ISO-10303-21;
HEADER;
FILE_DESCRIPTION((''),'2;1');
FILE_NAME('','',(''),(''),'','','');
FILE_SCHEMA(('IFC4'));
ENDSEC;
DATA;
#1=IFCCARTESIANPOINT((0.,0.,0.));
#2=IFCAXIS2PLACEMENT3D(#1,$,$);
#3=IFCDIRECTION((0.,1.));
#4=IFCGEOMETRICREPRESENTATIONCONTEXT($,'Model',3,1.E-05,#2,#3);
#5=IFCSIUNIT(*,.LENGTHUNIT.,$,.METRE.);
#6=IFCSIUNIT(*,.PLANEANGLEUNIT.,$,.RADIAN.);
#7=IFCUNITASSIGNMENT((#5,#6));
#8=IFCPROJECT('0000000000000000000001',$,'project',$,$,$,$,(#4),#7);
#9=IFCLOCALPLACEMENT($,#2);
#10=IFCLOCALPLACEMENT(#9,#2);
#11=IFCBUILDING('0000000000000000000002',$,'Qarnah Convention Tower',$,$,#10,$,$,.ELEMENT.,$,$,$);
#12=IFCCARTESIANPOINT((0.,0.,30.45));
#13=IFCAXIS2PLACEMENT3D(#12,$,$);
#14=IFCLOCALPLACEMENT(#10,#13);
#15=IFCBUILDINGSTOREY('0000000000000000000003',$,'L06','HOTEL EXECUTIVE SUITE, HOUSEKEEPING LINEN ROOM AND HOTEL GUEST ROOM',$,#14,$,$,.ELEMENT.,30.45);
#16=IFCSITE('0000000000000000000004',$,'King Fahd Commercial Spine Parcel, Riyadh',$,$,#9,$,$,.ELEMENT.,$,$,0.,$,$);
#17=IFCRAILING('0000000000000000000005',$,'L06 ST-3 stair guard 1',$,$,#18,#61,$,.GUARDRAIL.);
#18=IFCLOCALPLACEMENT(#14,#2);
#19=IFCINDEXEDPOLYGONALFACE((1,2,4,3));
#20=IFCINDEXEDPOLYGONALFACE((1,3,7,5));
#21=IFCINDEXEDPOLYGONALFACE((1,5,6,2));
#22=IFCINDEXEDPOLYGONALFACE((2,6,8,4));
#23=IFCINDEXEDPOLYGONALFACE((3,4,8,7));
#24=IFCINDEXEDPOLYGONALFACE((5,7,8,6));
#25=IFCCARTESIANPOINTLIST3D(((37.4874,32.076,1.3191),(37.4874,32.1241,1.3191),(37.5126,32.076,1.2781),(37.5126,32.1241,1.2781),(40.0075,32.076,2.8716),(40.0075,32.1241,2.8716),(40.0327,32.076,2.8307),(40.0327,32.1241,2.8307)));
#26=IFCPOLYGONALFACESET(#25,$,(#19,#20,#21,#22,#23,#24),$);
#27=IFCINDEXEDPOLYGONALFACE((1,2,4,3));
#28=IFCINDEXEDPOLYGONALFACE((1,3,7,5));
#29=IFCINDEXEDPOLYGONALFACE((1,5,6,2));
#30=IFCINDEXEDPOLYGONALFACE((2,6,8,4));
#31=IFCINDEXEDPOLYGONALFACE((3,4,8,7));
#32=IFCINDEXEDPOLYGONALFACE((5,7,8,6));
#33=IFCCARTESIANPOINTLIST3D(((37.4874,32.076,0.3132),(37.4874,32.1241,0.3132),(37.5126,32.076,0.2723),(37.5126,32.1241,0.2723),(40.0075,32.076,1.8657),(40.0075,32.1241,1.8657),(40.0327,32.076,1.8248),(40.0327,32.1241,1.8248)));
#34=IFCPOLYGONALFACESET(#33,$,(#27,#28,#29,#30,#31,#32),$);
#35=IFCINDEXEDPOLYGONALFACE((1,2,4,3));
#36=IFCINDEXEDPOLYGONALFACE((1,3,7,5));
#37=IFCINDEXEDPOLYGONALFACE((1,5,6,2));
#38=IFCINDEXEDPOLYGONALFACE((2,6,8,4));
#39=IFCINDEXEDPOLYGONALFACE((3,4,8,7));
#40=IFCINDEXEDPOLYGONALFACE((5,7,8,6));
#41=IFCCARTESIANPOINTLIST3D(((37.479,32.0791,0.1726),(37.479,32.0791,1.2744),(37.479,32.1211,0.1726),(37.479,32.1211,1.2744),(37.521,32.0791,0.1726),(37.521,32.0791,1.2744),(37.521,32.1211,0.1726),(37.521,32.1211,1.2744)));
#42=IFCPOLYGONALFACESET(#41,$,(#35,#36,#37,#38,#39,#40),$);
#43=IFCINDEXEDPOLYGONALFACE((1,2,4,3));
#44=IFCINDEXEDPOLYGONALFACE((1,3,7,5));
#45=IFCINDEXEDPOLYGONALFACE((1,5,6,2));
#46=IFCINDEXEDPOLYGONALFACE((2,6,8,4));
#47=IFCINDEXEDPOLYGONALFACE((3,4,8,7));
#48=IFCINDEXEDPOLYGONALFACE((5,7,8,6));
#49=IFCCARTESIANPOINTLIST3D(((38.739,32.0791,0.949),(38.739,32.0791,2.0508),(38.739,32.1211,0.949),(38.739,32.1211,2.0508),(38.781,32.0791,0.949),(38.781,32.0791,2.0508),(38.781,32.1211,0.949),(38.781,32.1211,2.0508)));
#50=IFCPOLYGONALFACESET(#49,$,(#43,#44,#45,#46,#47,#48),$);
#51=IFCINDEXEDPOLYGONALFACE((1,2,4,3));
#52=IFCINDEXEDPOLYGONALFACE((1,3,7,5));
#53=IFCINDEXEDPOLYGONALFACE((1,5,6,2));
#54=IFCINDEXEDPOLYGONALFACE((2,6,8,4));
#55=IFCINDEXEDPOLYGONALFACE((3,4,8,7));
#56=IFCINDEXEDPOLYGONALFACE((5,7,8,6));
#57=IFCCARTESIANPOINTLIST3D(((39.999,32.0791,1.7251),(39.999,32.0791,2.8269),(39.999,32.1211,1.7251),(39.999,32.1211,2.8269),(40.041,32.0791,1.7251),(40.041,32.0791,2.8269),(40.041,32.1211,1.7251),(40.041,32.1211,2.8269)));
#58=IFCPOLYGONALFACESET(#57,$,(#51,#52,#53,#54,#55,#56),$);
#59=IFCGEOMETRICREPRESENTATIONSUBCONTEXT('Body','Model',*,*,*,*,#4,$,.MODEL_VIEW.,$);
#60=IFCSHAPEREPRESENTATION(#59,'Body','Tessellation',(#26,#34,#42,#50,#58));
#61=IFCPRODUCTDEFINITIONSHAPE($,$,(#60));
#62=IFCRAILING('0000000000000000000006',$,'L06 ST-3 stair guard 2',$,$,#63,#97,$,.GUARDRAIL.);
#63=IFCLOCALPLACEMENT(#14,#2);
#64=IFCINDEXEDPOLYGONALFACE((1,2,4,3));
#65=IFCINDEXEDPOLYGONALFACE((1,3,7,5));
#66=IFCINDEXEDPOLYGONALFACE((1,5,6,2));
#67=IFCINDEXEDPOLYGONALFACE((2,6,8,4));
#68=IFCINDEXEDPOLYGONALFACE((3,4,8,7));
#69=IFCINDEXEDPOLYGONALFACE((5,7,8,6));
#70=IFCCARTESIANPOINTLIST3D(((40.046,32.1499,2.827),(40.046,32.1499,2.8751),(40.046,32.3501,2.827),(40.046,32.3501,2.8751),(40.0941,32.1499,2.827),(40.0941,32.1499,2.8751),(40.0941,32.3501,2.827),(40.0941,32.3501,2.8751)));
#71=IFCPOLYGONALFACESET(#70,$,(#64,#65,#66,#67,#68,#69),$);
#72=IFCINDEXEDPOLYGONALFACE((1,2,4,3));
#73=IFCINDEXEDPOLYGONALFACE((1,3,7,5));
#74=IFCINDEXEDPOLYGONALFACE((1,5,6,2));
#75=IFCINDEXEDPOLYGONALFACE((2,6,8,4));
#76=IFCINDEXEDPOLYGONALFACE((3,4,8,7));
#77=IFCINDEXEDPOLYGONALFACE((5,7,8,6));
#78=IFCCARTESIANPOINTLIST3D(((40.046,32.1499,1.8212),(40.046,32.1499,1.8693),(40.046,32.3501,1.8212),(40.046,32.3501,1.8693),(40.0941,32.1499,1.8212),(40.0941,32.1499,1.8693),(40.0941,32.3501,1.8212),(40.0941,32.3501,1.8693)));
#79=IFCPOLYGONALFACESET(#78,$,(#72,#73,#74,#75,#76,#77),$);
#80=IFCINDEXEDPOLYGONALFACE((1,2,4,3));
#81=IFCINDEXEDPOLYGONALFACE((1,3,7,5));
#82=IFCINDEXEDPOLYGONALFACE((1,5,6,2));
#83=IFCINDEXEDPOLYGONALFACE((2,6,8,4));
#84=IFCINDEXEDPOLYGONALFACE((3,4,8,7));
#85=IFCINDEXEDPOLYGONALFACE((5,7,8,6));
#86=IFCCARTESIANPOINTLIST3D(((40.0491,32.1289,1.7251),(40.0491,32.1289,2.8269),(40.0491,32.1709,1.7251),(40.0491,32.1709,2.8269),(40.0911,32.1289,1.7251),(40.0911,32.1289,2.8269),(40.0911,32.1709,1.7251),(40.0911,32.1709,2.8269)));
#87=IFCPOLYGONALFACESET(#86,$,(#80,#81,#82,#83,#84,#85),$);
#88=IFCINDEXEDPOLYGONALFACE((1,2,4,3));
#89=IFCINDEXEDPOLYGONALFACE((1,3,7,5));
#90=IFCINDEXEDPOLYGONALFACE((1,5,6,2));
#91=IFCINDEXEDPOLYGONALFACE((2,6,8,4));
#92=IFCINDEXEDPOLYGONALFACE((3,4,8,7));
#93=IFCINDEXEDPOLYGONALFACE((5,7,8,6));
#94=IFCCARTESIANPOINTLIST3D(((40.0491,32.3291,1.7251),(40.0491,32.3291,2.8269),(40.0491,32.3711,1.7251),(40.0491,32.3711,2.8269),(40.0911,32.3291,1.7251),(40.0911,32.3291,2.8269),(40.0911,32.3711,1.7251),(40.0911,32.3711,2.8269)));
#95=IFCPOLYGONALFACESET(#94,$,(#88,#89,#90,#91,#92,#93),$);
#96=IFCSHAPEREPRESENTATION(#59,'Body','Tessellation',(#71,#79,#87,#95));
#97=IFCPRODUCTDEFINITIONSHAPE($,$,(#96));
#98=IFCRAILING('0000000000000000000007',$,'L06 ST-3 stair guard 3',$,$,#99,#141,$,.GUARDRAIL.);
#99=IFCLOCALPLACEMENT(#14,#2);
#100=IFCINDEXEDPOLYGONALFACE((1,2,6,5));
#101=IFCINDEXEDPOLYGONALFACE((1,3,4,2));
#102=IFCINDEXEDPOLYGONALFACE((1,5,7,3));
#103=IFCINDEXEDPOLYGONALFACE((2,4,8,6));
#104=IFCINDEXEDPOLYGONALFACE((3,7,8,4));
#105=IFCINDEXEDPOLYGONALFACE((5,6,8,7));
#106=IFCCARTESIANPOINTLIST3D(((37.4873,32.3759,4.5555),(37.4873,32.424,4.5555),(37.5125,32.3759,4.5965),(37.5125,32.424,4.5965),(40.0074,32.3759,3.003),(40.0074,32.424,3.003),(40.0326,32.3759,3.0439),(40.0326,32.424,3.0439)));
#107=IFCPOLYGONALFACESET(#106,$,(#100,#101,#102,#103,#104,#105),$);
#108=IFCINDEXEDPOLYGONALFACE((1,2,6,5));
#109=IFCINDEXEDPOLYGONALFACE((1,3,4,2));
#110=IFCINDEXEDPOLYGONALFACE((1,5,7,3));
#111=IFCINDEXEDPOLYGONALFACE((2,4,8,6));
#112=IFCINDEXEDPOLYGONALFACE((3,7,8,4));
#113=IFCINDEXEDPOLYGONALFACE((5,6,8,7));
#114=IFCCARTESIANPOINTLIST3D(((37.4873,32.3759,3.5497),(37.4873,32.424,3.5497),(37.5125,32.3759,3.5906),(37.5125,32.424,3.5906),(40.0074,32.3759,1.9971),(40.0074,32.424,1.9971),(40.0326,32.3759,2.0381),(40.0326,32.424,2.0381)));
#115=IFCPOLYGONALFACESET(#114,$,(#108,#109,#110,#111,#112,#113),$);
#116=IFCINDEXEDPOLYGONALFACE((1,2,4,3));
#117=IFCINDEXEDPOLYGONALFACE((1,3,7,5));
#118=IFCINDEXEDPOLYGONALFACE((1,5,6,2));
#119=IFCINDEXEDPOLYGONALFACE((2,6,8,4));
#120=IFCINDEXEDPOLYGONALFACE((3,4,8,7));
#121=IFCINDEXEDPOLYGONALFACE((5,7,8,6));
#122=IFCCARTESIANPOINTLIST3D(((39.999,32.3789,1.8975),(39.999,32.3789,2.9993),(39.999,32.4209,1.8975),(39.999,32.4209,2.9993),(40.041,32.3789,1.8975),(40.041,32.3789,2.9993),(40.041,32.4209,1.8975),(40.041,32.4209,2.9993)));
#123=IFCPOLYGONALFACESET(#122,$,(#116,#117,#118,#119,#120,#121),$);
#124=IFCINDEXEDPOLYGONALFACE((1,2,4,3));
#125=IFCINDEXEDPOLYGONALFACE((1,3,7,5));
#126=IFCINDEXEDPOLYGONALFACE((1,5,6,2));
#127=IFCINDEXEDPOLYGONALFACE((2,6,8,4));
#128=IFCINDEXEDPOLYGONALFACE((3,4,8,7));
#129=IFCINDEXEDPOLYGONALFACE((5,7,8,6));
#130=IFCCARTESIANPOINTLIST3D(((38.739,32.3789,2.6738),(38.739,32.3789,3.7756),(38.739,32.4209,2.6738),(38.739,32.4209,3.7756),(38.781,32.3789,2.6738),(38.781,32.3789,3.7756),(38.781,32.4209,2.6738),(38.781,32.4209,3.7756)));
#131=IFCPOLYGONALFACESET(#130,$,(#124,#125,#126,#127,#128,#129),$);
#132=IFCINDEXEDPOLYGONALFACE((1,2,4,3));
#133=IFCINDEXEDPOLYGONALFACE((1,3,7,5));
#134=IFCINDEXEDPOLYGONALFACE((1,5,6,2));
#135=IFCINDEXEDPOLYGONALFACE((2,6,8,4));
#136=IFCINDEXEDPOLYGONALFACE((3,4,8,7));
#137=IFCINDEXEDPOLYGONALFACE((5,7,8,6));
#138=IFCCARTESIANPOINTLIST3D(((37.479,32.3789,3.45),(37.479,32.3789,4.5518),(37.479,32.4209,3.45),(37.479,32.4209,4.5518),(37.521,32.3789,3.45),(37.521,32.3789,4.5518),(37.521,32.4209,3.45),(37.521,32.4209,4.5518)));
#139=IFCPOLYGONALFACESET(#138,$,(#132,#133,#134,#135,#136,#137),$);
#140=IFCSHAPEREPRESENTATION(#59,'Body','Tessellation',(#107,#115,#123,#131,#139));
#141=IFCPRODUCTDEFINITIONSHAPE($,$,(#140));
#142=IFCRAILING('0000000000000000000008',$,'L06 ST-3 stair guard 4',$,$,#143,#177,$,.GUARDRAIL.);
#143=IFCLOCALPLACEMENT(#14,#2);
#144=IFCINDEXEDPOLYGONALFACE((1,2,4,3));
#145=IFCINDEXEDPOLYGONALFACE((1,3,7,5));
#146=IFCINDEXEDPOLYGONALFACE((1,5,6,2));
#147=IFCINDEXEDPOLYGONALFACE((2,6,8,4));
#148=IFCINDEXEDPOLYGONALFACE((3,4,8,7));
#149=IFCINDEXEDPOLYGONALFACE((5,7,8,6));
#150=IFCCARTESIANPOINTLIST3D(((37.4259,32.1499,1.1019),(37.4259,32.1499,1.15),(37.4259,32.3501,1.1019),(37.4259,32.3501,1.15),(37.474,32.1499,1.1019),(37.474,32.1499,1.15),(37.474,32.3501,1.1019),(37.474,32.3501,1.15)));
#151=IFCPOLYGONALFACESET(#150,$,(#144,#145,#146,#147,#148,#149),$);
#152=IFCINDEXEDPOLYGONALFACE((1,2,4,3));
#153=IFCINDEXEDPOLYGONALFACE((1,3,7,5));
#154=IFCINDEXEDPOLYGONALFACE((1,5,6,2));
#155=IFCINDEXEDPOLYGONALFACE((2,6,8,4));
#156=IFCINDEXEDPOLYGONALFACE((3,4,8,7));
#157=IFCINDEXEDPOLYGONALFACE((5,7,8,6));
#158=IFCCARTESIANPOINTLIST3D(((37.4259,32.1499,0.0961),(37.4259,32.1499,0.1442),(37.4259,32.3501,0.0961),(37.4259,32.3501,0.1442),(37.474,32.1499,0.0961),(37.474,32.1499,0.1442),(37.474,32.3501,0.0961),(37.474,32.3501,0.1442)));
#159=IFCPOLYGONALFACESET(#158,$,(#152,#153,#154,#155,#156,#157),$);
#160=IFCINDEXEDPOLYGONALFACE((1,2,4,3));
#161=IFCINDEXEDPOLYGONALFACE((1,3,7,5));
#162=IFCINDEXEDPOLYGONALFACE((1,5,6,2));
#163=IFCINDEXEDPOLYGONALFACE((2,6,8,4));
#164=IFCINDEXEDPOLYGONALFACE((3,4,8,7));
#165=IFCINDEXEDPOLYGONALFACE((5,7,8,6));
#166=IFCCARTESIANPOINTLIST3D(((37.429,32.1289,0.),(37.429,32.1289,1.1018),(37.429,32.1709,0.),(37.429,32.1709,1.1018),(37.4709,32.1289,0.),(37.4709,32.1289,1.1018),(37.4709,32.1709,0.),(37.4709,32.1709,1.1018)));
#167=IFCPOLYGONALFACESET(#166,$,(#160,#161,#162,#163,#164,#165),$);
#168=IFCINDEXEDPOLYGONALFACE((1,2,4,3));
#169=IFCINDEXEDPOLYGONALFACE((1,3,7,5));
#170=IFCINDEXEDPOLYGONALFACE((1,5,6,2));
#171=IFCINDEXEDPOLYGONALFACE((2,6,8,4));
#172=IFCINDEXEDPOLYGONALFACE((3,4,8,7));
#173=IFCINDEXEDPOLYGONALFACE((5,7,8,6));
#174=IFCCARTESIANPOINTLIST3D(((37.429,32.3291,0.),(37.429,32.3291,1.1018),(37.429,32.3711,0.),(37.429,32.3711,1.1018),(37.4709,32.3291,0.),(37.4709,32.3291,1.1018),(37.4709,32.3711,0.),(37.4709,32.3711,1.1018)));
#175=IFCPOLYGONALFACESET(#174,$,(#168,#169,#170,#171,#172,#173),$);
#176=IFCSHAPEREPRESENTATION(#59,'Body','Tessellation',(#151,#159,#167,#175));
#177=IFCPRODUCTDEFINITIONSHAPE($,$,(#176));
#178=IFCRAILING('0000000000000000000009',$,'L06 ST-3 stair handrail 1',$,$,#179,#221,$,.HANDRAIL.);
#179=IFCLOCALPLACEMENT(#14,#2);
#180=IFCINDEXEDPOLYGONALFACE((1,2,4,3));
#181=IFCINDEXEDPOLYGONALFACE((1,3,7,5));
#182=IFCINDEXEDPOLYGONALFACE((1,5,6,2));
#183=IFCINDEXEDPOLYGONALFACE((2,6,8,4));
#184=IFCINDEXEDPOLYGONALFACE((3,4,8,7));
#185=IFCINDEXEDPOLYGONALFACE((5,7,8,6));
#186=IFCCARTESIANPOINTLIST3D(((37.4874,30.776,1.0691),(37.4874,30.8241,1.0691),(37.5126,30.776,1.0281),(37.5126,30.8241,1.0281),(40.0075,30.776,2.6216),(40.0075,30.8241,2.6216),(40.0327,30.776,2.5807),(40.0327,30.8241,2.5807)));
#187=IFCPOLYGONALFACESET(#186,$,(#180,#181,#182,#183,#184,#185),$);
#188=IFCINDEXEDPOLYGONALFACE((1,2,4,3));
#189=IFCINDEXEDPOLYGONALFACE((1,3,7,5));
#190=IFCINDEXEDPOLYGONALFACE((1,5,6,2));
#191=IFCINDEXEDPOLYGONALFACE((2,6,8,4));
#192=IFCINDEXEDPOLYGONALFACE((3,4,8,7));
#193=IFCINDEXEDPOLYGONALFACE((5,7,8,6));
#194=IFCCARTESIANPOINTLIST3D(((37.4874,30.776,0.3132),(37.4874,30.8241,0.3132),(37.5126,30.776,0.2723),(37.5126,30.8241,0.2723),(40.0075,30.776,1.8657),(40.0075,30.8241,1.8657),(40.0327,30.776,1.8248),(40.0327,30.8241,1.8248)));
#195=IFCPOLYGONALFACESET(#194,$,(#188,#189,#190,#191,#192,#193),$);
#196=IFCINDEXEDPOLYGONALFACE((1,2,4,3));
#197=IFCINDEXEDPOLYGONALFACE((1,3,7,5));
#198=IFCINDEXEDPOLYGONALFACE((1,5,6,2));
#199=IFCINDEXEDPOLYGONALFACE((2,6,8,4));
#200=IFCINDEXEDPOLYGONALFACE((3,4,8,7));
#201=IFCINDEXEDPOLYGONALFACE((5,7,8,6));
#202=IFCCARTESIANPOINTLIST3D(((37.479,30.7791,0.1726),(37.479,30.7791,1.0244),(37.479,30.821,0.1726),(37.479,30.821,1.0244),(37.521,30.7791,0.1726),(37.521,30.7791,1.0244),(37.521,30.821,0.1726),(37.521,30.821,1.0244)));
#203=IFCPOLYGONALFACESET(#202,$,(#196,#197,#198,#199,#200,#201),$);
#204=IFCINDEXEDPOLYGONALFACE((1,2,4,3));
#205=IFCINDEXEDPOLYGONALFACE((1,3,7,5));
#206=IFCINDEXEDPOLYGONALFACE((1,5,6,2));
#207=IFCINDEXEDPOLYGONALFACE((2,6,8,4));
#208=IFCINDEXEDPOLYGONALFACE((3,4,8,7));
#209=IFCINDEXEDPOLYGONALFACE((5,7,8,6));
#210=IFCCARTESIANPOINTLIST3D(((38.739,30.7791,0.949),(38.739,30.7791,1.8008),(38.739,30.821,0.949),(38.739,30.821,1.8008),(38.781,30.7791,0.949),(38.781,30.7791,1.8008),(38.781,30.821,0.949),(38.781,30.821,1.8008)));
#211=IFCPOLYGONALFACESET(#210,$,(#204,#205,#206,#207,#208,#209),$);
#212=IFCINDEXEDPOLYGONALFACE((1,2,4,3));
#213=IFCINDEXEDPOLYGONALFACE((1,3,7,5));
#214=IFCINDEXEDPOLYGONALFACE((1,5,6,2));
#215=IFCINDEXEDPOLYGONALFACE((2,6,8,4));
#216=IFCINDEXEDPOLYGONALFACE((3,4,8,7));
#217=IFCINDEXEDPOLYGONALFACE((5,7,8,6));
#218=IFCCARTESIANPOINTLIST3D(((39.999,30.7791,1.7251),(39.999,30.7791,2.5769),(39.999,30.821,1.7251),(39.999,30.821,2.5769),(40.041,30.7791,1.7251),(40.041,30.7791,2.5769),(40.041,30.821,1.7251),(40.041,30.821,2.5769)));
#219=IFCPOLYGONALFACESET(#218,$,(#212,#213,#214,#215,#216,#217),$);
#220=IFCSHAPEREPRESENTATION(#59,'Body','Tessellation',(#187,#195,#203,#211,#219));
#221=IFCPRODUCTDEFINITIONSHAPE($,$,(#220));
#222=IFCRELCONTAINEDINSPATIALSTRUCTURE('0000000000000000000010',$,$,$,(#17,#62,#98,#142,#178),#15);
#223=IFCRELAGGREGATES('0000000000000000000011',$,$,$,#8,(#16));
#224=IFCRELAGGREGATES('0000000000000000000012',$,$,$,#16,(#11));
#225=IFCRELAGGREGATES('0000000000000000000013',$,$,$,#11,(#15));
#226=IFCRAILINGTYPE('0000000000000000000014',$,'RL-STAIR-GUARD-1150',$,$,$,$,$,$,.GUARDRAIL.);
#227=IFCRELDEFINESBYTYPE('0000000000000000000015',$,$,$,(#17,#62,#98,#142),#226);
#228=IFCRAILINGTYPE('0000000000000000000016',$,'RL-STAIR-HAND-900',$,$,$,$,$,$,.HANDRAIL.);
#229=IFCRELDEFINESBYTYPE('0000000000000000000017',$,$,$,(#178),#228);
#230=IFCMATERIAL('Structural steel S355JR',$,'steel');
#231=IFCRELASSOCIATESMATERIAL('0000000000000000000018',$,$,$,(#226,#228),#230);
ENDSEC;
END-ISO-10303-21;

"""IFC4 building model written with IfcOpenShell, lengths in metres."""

from ifc_helpers import new_model, si_unit, direction, frame, origin, origin_2d, place, context, subcontext, project, spatial, rectangle, extrude, material, type_object, element, save


model = new_model("IFC4")

# Units and contexts
model_context = context("Model", 3, precision=1e-05, world=origin(), true_north=direction((0.0, 1.0)))
body_context = subcontext(model_context, "Body", "Model", "MODEL_VIEW")
ifc_project = project(units=[si_unit("LENGTHUNIT", "METRE"), si_unit("PLANEANGLEUNIT", "RADIAN")], contexts=[model_context])

# Site, building, storey
site_placement = place(None, origin())
site = spatial("IfcSite", under=ifc_project, at=site_placement, Name="King Fahd Commercial Spine Parcel, Riyadh", CompositionType="ELEMENT", RefElevation=0.0)
building_placement = place(site_placement, origin())
building = spatial("IfcBuilding", under=site, at=building_placement, Name="Qarnah Convention Tower", CompositionType="ELEMENT")
storey_placement = place(building_placement, frame((0.0, 0.0, 30.45)))
storey = spatial("IfcBuildingStorey", under=building, at=storey_placement, Name="L06", Description="HOTEL EXECUTIVE SUITE, HOUSEKEEPING LINEN ROOM AND HOTEL GUEST ROOM", CompositionType="ELEMENT", Elevation=30.45)

# Shared definitions
ifc_material_1 = material(Name="Structural steel S355JR", Category="steel")

# Railings
railing_type_1 = type_object("IfcRailingType", Name="RL-STAIR-GUARD-1150", PredefinedType="GUARDRAIL", material=ifc_material_1)
railing_1_placement = place(storey_placement, frame((37.5, 32.1001, 0.1726)))
element("IfcRailing", 1, at=railing_1_placement, inside=storey, type_object=railing_type_1, Name="L06 ST-3 stair guard 1", PredefinedType="GUARDRAIL", context=body_context, shape_type="SweptSolid", body=[
    extrude(rectangle(XDim=0.0481, YDim=0.0481, at=origin_2d()), frame((0.0, 0.0, 1.126), z_axis=(0.8514, 0.0, 0.524516), x_axis=(0.0, 1.0, 0.0)), (0.0, 0.0, 1.0), 2.96),
    extrude(rectangle(XDim=0.0481, YDim=0.0481, at=origin_2d()), frame((0.0, 0.0, 0.1201), z_axis=(0.8514, 0.0, 0.524516), x_axis=(0.0, 1.0, 0.0)), (0.0, 0.0, 1.0), 2.96),
    extrude(rectangle(XDim=0.042, YDim=0.042, at=origin_2d()), origin(), (0.0, 0.0, 1.0), 1.1018),
    extrude(rectangle(XDim=0.042, YDim=0.042, at=origin_2d()), frame((1.26, 0.0, 0.7764)), (0.0, 0.0, 1.0), 1.1018),
    extrude(rectangle(XDim=0.042, YDim=0.042, at=origin_2d()), frame((2.52, 0.0, 1.5525)), (0.0, 0.0, 1.0), 1.1018),
])
railing_2_placement = place(storey_placement, frame((40.0701, 32.1499, 1.7251)))
element("IfcRailing", 2, at=railing_2_placement, inside=storey, type_object=railing_type_1, Name="L06 ST-3 stair guard 2", PredefinedType="GUARDRAIL", context=body_context, shape_type="SweptSolid", body=[
    extrude(rectangle(XDim=0.0481, YDim=0.0481, at=origin_2d()), frame((0.0, 0.0, 1.126), z_axis=(0.0, 1.0, 0.0), x_axis=(-1.0, 0.0, 0.0)), (0.0, 0.0, 1.0), 0.2002),
    extrude(rectangle(XDim=0.0481, YDim=0.0481, at=origin_2d()), frame((0.0, 0.0, 0.1201), z_axis=(0.0, 1.0, 0.0), x_axis=(-1.0, 0.0, 0.0)), (0.0, 0.0, 1.0), 0.2002),
    extrude(rectangle(XDim=0.042, YDim=0.042, at=origin_2d()), origin(), (0.0, 0.0, 1.0), 1.1018),
    extrude(rectangle(XDim=0.042, YDim=0.042, at=origin_2d()), frame((0.0, 0.2002, 0.0)), (0.0, 0.0, 1.0), 1.1018),
])
railing_3_placement = place(storey_placement, frame((40.02, 32.3999, 1.8975)))
element("IfcRailing", 3, at=railing_3_placement, inside=storey, type_object=railing_type_1, Name="L06 ST-3 stair guard 3", PredefinedType="GUARDRAIL", context=body_context, shape_type="SweptSolid", body=[
    extrude(rectangle(XDim=0.0481, YDim=0.0481, at=origin_2d()), frame((0.0, 0.0, 1.126), z_axis=(-0.8514, 0.0, 0.524516), x_axis=(0.0, -1.0, 0.0)), (0.0, 0.0, 1.0), 2.96),
    extrude(rectangle(XDim=0.0481, YDim=0.0481, at=origin_2d()), frame((0.0, 0.0, 0.1201), z_axis=(-0.8514, 0.0, 0.524516), x_axis=(0.0, -1.0, 0.0)), (0.0, 0.0, 1.0), 2.96),
    extrude(rectangle(XDim=0.042, YDim=0.042, at=origin_2d()), origin(), (0.0, 0.0, 1.0), 1.1018),
    extrude(rectangle(XDim=0.042, YDim=0.042, at=origin_2d()), frame((-1.26, 0.0, 0.7764)), (0.0, 0.0, 1.0), 1.1018),
    extrude(rectangle(XDim=0.042, YDim=0.042, at=origin_2d()), frame((-2.52, 0.0, 1.5525)), (0.0, 0.0, 1.0), 1.1018),
])
railing_4_placement = place(storey_placement, frame((37.45, 32.1499, 0.0)))
element("IfcRailing", 4, at=railing_4_placement, inside=storey, type_object=railing_type_1, Name="L06 ST-3 stair guard 4", PredefinedType="GUARDRAIL", context=body_context, shape_type="SweptSolid", body=[
    extrude(rectangle(XDim=0.0481, YDim=0.0481, at=origin_2d()), frame((0.0, 0.0, 1.126), z_axis=(0.0, 1.0, 0.0), x_axis=(-1.0, 0.0, 0.0)), (0.0, 0.0, 1.0), 0.2002),
    extrude(rectangle(XDim=0.0481, YDim=0.0481, at=origin_2d()), frame((0.0, 0.0, 0.1201), z_axis=(0.0, 1.0, 0.0), x_axis=(-1.0, 0.0, 0.0)), (0.0, 0.0, 1.0), 0.2002),
    extrude(rectangle(XDim=0.042, YDim=0.042, at=origin_2d()), origin(), (0.0, 0.0, 1.0), 1.1018),
    extrude(rectangle(XDim=0.042, YDim=0.042, at=origin_2d()), frame((0.0, 0.2002, 0.0)), (0.0, 0.0, 1.0), 1.1018),
])
railing_type_2 = type_object("IfcRailingType", Name="RL-STAIR-HAND-900", PredefinedType="HANDRAIL", material=ifc_material_1)
railing_5_placement = place(storey_placement, frame((37.5, 30.8, 0.1726)))
element("IfcRailing", 5, at=railing_5_placement, inside=storey, type_object=railing_type_2, Name="L06 ST-3 stair handrail 1", PredefinedType="HANDRAIL", context=body_context, shape_type="SweptSolid", body=[
    extrude(rectangle(XDim=0.0481, YDim=0.0481, at=origin_2d()), frame((0.0, 0.0, 0.876), z_axis=(0.8514, 0.0, 0.524516), x_axis=(0.0, 1.0, 0.0)), (0.0, 0.0, 1.0), 2.96),
    extrude(rectangle(XDim=0.0481, YDim=0.0481, at=origin_2d()), frame((0.0, 0.0, 0.1201), z_axis=(0.8514, 0.0, 0.524516), x_axis=(0.0, 1.0, 0.0)), (0.0, 0.0, 1.0), 2.96),
    extrude(rectangle(XDim=0.042, YDim=0.042, at=origin_2d()), origin(), (0.0, 0.0, 1.0), 0.8518),
    extrude(rectangle(XDim=0.042, YDim=0.042, at=origin_2d()), frame((1.26, 0.0, 0.7764)), (0.0, 0.0, 1.0), 0.8518),
    extrude(rectangle(XDim=0.042, YDim=0.042, at=origin_2d()), frame((2.52, 0.0, 1.5525)), (0.0, 0.0, 1.0), 0.8518),
])

save(model, "model.ifc")
